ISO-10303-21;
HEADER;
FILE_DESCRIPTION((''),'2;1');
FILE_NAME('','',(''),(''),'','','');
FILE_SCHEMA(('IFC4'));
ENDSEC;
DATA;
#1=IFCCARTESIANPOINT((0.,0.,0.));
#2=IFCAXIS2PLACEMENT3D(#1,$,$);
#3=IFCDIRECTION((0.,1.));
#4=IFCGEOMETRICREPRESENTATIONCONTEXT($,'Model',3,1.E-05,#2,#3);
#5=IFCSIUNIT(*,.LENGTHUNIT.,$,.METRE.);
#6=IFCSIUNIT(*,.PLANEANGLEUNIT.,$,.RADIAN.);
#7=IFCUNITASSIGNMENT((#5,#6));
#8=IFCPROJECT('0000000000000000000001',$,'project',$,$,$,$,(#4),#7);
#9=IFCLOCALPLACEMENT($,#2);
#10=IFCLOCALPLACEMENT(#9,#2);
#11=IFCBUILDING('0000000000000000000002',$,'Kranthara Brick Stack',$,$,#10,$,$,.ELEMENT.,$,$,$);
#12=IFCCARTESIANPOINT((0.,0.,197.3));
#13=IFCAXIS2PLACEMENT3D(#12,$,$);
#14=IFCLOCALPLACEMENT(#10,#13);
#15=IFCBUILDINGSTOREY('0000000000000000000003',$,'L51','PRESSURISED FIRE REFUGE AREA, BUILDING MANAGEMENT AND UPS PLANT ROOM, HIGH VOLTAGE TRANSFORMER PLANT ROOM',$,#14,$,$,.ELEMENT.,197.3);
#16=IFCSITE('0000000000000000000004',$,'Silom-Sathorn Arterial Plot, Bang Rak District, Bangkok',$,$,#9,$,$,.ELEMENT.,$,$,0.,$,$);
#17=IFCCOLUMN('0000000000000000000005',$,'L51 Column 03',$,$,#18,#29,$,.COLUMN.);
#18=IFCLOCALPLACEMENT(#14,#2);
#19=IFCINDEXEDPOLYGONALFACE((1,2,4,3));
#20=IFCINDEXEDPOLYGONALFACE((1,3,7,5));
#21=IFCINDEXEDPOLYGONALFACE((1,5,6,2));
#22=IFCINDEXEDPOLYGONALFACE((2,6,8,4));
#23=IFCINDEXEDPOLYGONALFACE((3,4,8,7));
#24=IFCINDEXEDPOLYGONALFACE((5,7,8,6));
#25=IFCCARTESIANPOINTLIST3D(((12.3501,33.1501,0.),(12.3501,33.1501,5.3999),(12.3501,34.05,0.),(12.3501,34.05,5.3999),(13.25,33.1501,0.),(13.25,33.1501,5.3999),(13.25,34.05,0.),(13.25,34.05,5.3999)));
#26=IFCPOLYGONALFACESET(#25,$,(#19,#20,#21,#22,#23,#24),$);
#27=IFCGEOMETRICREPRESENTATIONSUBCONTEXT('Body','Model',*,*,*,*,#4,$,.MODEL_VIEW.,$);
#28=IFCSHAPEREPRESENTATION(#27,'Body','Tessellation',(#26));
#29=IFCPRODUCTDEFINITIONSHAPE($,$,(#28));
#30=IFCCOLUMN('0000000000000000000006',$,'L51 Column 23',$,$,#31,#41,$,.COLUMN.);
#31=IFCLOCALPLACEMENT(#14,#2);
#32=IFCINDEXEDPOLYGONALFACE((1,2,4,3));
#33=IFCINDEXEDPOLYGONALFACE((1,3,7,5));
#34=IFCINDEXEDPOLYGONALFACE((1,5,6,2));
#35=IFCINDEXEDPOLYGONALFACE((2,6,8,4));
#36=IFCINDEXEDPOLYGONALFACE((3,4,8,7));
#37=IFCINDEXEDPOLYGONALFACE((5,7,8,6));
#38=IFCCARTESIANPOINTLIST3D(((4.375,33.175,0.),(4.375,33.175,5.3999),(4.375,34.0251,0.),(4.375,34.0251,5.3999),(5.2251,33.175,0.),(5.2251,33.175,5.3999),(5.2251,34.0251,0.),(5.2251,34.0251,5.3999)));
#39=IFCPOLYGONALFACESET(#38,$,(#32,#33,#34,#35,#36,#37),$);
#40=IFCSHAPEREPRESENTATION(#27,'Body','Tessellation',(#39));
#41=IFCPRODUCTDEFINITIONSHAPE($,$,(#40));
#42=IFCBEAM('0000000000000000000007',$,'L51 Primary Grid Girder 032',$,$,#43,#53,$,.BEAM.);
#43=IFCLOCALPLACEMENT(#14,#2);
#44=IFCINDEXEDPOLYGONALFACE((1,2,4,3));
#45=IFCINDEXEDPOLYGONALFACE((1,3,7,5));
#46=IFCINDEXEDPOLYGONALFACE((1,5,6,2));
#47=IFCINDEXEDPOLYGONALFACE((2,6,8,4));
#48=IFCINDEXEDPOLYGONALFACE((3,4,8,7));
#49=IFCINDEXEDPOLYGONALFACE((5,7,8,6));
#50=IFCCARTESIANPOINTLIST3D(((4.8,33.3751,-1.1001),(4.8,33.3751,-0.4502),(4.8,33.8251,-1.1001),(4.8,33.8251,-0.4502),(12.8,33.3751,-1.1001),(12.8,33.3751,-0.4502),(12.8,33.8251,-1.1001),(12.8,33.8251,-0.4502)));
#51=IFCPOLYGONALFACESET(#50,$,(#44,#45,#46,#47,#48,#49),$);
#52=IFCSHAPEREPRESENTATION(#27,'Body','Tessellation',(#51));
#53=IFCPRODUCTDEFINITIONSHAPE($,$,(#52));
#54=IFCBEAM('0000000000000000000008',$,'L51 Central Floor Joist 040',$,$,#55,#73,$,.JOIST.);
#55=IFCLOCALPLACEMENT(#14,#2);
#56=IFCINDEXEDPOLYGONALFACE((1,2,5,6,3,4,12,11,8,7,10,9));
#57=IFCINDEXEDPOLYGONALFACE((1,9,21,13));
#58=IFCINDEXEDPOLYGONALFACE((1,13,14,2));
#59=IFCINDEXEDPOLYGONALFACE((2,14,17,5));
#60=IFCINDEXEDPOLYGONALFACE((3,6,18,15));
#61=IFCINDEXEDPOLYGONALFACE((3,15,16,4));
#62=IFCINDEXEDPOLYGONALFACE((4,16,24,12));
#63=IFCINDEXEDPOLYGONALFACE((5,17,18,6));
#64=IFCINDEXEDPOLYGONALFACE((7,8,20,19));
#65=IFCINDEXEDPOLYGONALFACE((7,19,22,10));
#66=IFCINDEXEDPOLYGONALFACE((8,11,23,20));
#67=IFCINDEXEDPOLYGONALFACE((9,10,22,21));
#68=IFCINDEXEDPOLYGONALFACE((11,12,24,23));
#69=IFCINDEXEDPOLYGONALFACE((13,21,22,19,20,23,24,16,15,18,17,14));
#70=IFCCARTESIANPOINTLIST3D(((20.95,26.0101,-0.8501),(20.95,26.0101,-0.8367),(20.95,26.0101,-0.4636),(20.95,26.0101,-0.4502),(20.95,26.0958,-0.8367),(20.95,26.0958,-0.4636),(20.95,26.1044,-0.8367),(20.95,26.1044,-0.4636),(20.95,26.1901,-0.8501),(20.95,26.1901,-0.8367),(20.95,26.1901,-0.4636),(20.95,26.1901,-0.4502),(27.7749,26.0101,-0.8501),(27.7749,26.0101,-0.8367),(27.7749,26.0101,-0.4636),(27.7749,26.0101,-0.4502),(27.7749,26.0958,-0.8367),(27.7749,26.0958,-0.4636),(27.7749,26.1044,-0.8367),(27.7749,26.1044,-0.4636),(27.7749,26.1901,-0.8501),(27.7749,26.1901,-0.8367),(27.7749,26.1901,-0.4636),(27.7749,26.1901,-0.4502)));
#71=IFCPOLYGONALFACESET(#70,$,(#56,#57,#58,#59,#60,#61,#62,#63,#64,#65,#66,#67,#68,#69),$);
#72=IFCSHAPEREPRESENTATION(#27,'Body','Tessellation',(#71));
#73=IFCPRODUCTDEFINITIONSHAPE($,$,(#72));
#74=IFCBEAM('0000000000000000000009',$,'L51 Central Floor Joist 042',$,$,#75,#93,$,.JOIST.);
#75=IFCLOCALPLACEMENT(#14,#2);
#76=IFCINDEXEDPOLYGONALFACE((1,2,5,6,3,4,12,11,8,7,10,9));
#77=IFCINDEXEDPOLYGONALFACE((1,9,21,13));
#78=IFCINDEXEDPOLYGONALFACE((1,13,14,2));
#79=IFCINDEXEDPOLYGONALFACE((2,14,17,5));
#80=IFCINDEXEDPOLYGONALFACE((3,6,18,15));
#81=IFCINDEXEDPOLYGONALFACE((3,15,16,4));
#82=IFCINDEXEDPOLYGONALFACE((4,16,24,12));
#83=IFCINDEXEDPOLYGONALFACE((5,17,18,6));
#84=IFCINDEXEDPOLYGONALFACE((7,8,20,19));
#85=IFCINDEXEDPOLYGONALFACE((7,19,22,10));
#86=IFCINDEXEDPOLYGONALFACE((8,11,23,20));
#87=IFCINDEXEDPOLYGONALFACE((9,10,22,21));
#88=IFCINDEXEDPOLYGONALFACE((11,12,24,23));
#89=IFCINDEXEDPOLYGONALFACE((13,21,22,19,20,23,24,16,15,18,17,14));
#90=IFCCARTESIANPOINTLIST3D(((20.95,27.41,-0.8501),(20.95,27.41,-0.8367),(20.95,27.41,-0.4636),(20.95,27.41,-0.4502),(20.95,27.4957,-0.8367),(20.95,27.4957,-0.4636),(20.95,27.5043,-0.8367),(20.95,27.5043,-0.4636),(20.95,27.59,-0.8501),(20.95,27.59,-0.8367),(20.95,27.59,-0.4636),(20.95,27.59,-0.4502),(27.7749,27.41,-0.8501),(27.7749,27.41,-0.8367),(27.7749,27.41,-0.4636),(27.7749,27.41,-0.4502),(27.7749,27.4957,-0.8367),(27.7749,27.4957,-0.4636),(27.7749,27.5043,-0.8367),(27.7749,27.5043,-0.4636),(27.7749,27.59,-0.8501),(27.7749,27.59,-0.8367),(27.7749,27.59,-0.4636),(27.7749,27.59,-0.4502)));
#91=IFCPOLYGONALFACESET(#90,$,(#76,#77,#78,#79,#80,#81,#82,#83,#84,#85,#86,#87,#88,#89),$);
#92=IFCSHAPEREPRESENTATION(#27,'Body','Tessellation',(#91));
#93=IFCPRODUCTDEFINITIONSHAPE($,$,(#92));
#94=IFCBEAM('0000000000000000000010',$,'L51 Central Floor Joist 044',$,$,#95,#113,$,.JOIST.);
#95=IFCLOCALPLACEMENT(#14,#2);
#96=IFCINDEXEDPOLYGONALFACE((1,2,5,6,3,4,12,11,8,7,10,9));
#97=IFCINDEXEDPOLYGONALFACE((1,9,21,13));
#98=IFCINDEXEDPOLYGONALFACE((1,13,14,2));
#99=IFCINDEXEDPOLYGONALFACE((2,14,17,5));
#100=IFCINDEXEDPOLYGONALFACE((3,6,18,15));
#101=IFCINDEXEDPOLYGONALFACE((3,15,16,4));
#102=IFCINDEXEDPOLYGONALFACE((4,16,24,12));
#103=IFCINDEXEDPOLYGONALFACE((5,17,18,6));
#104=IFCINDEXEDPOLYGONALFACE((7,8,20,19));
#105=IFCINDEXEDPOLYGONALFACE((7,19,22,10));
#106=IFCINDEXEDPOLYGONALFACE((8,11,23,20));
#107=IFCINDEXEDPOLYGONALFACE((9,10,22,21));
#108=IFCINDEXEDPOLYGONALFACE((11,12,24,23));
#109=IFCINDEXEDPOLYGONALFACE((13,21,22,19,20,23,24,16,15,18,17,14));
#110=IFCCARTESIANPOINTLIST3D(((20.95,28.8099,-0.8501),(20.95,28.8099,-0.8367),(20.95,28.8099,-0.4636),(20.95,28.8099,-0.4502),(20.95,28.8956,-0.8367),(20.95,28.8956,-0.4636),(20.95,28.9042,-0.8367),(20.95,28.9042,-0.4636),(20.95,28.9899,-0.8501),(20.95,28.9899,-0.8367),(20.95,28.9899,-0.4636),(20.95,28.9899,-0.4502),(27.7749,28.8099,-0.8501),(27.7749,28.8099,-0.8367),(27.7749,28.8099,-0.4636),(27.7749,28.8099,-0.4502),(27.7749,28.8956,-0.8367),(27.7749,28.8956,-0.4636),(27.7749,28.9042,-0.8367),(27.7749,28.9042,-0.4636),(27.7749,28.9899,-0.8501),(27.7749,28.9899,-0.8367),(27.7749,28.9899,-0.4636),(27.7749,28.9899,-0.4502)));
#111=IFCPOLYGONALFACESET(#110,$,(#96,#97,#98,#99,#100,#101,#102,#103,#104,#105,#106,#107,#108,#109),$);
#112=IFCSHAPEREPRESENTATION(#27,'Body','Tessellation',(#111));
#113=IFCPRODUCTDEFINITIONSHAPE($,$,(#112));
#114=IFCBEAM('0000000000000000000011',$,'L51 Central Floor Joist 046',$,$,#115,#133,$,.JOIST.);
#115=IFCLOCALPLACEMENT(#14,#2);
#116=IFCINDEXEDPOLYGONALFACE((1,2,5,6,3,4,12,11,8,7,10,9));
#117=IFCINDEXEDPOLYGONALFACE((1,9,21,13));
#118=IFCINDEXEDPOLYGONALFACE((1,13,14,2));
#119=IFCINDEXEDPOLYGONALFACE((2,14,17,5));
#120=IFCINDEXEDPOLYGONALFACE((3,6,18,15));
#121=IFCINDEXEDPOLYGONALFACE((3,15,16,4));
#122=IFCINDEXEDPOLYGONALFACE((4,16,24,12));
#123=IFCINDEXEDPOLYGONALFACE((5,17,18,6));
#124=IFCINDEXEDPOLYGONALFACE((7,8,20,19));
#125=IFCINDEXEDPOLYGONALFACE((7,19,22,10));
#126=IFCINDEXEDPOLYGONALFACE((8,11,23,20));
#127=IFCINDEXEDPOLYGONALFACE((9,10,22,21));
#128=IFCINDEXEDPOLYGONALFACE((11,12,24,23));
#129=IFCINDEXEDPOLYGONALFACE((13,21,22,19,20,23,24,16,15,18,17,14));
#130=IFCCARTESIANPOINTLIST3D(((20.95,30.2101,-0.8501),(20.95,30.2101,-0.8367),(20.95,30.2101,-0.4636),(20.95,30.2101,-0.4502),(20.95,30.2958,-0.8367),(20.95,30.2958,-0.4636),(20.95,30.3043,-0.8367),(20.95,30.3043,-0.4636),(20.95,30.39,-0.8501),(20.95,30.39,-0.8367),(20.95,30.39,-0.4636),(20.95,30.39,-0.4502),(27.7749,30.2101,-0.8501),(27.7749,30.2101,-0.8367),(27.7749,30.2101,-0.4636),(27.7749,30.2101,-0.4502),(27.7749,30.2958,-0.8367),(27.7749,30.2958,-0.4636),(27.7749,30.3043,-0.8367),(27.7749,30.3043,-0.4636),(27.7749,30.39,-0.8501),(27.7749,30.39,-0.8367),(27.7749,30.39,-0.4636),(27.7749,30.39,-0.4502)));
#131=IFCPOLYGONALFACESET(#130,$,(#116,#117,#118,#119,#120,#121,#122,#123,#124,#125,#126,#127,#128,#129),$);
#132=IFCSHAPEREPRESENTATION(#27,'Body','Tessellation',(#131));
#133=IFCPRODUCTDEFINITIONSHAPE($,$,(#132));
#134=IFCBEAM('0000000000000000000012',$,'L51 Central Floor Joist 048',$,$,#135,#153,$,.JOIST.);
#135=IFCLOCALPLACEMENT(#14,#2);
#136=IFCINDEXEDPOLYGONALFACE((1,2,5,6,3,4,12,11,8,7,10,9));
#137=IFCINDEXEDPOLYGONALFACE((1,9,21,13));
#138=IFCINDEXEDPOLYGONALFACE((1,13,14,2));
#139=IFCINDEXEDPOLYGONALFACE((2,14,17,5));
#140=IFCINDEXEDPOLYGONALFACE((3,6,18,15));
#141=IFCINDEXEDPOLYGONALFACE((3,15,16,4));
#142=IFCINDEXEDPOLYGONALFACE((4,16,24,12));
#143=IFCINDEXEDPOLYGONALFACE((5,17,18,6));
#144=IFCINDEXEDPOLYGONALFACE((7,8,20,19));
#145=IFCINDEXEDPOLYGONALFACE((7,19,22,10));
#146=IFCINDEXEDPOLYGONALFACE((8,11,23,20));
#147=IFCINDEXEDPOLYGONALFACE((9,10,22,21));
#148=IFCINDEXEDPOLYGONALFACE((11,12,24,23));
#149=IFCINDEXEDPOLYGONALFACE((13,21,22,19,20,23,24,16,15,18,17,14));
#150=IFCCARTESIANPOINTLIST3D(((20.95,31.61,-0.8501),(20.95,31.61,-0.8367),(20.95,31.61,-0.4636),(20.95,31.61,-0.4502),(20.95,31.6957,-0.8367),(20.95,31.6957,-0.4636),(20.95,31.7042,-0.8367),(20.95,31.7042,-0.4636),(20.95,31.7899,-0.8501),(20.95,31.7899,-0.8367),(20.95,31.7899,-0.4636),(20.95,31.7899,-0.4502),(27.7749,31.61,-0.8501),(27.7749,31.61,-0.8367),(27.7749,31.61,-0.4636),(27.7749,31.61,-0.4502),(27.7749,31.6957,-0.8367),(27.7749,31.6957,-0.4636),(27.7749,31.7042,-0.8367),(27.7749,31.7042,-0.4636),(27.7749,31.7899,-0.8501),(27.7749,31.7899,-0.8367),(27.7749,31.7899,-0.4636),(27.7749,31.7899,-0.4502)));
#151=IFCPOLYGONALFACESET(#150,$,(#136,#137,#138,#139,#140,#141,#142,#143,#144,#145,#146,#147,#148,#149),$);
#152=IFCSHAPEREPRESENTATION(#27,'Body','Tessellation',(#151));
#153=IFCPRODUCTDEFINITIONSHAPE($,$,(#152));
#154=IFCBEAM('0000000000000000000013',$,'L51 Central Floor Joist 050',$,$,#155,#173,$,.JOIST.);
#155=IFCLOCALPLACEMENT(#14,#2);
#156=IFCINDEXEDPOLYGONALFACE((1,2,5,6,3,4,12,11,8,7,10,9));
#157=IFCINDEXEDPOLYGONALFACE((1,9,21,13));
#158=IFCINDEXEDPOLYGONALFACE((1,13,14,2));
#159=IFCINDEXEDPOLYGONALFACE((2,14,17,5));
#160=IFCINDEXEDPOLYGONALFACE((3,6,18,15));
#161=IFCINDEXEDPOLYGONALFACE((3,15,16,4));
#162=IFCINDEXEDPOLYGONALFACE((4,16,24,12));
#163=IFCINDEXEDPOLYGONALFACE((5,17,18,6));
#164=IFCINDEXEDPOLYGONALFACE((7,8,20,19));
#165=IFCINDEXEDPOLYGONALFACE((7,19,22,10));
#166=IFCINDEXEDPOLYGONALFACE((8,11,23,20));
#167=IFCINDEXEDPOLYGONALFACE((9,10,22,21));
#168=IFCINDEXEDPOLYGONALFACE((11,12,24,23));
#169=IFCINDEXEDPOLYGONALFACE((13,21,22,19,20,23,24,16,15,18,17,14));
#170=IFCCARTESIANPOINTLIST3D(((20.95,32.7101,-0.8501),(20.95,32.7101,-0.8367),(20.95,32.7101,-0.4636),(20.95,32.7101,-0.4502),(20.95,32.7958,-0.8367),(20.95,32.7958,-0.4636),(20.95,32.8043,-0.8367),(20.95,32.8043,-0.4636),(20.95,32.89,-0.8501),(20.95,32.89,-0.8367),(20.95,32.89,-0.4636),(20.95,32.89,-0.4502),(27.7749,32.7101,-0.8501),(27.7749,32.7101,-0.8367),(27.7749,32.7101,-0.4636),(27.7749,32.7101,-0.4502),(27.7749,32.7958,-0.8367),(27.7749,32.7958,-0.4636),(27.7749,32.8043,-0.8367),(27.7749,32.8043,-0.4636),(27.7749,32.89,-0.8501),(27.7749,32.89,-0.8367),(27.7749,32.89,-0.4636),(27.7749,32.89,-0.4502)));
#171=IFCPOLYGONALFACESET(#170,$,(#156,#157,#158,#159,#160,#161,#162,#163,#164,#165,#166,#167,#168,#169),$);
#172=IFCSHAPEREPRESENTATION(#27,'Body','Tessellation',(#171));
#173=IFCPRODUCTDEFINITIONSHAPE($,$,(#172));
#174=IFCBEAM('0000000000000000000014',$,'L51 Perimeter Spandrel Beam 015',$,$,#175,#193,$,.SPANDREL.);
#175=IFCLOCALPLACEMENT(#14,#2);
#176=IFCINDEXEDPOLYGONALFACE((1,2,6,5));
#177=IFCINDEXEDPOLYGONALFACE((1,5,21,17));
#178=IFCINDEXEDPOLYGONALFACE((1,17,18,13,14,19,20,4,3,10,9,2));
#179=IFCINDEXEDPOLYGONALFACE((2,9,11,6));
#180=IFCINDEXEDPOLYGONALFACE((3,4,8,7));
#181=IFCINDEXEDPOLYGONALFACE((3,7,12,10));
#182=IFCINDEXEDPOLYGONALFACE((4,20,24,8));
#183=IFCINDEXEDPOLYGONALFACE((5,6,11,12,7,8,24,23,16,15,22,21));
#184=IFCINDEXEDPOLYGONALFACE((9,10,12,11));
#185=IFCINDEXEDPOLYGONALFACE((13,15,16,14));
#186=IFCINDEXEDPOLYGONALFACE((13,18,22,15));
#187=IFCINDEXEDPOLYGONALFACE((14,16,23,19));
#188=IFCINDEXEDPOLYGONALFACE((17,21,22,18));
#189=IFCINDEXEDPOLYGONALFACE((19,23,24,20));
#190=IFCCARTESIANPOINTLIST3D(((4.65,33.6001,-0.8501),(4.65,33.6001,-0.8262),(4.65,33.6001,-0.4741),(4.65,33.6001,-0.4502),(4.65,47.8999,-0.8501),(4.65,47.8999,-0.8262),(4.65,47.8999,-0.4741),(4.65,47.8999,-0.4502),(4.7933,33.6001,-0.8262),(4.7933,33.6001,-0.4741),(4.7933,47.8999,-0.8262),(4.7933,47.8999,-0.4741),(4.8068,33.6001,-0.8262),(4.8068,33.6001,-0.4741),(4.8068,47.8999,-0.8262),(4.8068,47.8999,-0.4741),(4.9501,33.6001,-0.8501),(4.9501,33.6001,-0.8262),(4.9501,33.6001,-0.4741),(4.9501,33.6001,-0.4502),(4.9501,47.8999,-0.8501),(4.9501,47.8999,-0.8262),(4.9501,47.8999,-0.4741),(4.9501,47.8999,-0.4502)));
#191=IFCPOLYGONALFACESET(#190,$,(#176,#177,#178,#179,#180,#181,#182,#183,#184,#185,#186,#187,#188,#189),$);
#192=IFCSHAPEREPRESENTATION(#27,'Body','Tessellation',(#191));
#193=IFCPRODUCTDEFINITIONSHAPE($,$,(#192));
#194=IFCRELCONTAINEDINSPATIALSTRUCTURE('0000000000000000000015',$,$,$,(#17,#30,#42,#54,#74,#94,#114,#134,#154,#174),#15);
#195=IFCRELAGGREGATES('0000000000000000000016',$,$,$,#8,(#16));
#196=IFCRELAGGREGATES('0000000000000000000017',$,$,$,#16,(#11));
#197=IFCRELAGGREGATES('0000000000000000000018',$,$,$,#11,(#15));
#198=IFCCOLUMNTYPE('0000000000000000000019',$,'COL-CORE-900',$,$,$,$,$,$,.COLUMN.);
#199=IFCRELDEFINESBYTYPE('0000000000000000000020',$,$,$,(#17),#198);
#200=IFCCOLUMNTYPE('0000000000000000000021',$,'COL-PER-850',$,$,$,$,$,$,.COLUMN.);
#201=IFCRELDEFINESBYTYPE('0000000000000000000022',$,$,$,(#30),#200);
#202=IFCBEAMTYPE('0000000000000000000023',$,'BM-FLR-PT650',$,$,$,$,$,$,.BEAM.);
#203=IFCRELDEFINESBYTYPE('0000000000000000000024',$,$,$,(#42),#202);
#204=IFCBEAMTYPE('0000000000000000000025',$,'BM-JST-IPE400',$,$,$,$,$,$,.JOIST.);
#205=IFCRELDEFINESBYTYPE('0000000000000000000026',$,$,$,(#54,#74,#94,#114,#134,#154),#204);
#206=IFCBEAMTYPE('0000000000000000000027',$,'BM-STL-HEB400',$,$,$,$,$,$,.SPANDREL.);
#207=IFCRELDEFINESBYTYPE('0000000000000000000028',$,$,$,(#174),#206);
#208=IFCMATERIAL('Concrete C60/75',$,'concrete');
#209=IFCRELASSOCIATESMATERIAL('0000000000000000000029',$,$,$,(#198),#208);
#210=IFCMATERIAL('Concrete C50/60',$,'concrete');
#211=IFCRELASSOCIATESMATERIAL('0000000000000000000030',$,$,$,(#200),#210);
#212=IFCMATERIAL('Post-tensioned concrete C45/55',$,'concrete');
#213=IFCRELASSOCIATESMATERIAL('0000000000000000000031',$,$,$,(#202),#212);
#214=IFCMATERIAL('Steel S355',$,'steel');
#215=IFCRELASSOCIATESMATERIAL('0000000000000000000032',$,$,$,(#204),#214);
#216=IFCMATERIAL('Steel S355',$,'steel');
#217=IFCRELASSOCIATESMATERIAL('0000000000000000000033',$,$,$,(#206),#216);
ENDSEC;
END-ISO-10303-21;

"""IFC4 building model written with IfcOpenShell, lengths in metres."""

from ifc_helpers import new_model, si_unit, direction, frame, origin, origin_2d, place, context, subcontext, project, spatial, rectangle, i_section, extrude, material, material_profile, profile_set, type_object, element, save


model = new_model("IFC4")

# Units and contexts
model_context = context("Model", 3, precision=1e-05, world=origin(), true_north=direction((0.0, 1.0)))
body_context = subcontext(model_context, "Body", "Model", "MODEL_VIEW")
ifc_project = project(units=[si_unit("LENGTHUNIT", "METRE"), si_unit("PLANEANGLEUNIT", "RADIAN")], contexts=[model_context])

# Site, building, storey
site_placement = place(None, origin())
site = spatial("IfcSite", under=ifc_project, at=site_placement, Name="Silom-Sathorn Arterial Plot, Bang Rak District, Bangkok", CompositionType="ELEMENT", RefElevation=0.0)
building_placement = place(site_placement, origin())
building = spatial("IfcBuilding", under=site, at=building_placement, Name="Kranthara Brick Stack", CompositionType="ELEMENT")
storey_placement = place(building_placement, frame((0.0, 0.0, 197.3)))
storey = spatial("IfcBuildingStorey", under=building, at=storey_placement, Name="L51", Description="PRESSURISED FIRE REFUGE AREA, BUILDING MANAGEMENT AND UPS PLANT ROOM, HIGH VOLTAGE TRANSFORMER PLANT ROOM", CompositionType="ELEMENT", Elevation=197.3)

# Columns
ifc_material_1 = material(Name="Concrete C60/75", Category="concrete")
ifc_material_profile_1 = material_profile(ifc_material_1, rectangle(XDim=0.8999, YDim=0.8999, at=origin_2d()), Name="RC 900x900")
ifc_profile_set_1 = profile_set([ifc_material_profile_1], Name="Concrete C60/75")
column_type_1 = type_object("IfcColumnType", Name="COL-CORE-900", PredefinedType="COLUMN", material=ifc_profile_set_1)
column_1_placement = place(storey_placement, frame((12.8, 33.6001, 0.0), z_axis=(0.0, 0.0, 1.0), x_axis=(1.0, 0.0, 0.0)))
element("IfcColumn", 1, at=column_1_placement, inside=storey, type_object=column_type_1, Name="L51 Column 03", PredefinedType="COLUMN", context=body_context, shape_type="SweptSolid", body=[
    extrude(rectangle(XDim=0.8999, YDim=0.8999, at=origin_2d()), origin(), (0.0, 0.0, 1.0), 5.3999),
])
ifc_material_2 = material(Name="Concrete C50/60", Category="concrete")
ifc_material_profile_2 = material_profile(ifc_material_2, rectangle(XDim=0.8501, YDim=0.8501, at=origin_2d()), Name="RC 850x850")
ifc_profile_set_2 = profile_set([ifc_material_profile_2], Name="Concrete C50/60")
column_type_2 = type_object("IfcColumnType", Name="COL-PER-850", PredefinedType="COLUMN", material=ifc_profile_set_2)
column_2_placement = place(storey_placement, frame((4.8, 33.6001, 0.0), z_axis=(0.0, 0.0, 1.0), x_axis=(1.0, 0.0, 0.0)))
element("IfcColumn", 2, at=column_2_placement, inside=storey, type_object=column_type_2, Name="L51 Column 23", PredefinedType="COLUMN", context=body_context, shape_type="SweptSolid", body=[
    extrude(rectangle(XDim=0.8501, YDim=0.8501, at=origin_2d()), origin(), (0.0, 0.0, 1.0), 5.3999),
])

# Beams
ifc_material_3 = material(Name="Post-tensioned concrete C45/55", Category="concrete")
ifc_material_profile_3 = material_profile(ifc_material_3, rectangle(XDim=0.45, YDim=0.6499, at=origin_2d()), Name="PT 450x650")
ifc_profile_set_3 = profile_set([ifc_material_profile_3], Name="Post-tensioned concrete C45/55")
beam_type_1 = type_object("IfcBeamType", Name="BM-FLR-PT650", PredefinedType="BEAM", material=ifc_profile_set_3)
beam_1_placement = place(storey_placement, frame((4.8, 33.6001, -0.7751), z_axis=(1.0, 0.0, 0.0), x_axis=(0.0, 1.0, 0.0)))
element("IfcBeam", 3, at=beam_1_placement, inside=storey, type_object=beam_type_1, Name="L51 Primary Grid Girder 032", PredefinedType="BEAM", context=body_context, shape_type="SweptSolid", body=[
    extrude(rectangle(XDim=0.45, YDim=0.6499, at=origin_2d()), origin(), (0.0, 0.0, 1.0), 8.0),
])
ifc_material_4 = material(Name="Steel S355", Category="steel")
ifc_material_profile_4 = material_profile(ifc_material_4, i_section(OverallWidth=0.1799, OverallDepth=0.3999, WebThickness=0.0085, FlangeThickness=0.0134, at=origin_2d()), Name="IPE 400")
ifc_profile_set_4 = profile_set([ifc_material_profile_4], Name="Steel S355")
beam_type_2 = type_object("IfcBeamType", Name="BM-JST-IPE400", PredefinedType="JOIST", material=ifc_profile_set_4)
for number, where, z_axis, x_axis, name in (
    (4, (20.95, 26.1001, -0.6501), (1.0, 0.0, 0.0), (0.0, 1.0, 0.0), "L51 Central Floor Joist 040"),
    (5, (20.95, 27.5, -0.6501), (1.0, 0.0, 0.0), (0.0, 1.0, 0.0), "L51 Central Floor Joist 042"),
    (6, (20.95, 28.8999, -0.6501), (1.0, 0.0, 0.0), (0.0, 1.0, 0.0), "L51 Central Floor Joist 044"),
    (7, (20.95, 30.3, -0.6501), (1.0, 0.0, 0.0), (0.0, 1.0, 0.0), "L51 Central Floor Joist 046"),
    (8, (20.95, 31.7, -0.6501), (1.0, 0.0, 0.0), (0.0, 1.0, 0.0), "L51 Central Floor Joist 048"),
    (9, (20.95, 32.8, -0.6501), (1.0, 0.0, 0.0), (0.0, 1.0, 0.0), "L51 Central Floor Joist 050"),
):
    element("IfcBeam", number, at=place(storey_placement, frame(where, z_axis=z_axis, x_axis=x_axis)), inside=storey, type_object=beam_type_2, Name=name, PredefinedType="JOIST", context=body_context, shape_type="SweptSolid", body=[
        extrude(i_section(OverallWidth=0.1799, OverallDepth=0.3999, WebThickness=0.0085, FlangeThickness=0.0134, at=origin_2d()), origin(), (0.0, 0.0, 1.0), 6.825),
    ])
ifc_material_5 = material(Name="Steel S355", Category="steel")
ifc_material_profile_5 = material_profile(ifc_material_5, i_section(OverallWidth=0.3, OverallDepth=0.3999, WebThickness=0.0134, FlangeThickness=0.0239, at=origin_2d()), Name="HEB 400")
ifc_profile_set_5 = profile_set([ifc_material_profile_5], Name="Steel S355")
beam_type_3 = type_object("IfcBeamType", Name="BM-STL-HEB400", PredefinedType="SPANDREL", material=ifc_profile_set_5)
beam_2_placement = place(storey_placement, frame((4.8, 33.6001, -0.6501), z_axis=(0.0, 1.0, 0.0), x_axis=(-1.0, 0.0, 0.0)))
element("IfcBeam", 10, at=beam_2_placement, inside=storey, type_object=beam_type_3, Name="L51 Perimeter Spandrel Beam 015", PredefinedType="SPANDREL", context=body_context, shape_type="SweptSolid", body=[
    extrude(i_section(OverallWidth=0.3, OverallDepth=0.3999, WebThickness=0.0134, FlangeThickness=0.0239, at=origin_2d()), origin(), (0.0, 0.0, 1.0), 14.2998),
])

save(model, "model.ifc")
